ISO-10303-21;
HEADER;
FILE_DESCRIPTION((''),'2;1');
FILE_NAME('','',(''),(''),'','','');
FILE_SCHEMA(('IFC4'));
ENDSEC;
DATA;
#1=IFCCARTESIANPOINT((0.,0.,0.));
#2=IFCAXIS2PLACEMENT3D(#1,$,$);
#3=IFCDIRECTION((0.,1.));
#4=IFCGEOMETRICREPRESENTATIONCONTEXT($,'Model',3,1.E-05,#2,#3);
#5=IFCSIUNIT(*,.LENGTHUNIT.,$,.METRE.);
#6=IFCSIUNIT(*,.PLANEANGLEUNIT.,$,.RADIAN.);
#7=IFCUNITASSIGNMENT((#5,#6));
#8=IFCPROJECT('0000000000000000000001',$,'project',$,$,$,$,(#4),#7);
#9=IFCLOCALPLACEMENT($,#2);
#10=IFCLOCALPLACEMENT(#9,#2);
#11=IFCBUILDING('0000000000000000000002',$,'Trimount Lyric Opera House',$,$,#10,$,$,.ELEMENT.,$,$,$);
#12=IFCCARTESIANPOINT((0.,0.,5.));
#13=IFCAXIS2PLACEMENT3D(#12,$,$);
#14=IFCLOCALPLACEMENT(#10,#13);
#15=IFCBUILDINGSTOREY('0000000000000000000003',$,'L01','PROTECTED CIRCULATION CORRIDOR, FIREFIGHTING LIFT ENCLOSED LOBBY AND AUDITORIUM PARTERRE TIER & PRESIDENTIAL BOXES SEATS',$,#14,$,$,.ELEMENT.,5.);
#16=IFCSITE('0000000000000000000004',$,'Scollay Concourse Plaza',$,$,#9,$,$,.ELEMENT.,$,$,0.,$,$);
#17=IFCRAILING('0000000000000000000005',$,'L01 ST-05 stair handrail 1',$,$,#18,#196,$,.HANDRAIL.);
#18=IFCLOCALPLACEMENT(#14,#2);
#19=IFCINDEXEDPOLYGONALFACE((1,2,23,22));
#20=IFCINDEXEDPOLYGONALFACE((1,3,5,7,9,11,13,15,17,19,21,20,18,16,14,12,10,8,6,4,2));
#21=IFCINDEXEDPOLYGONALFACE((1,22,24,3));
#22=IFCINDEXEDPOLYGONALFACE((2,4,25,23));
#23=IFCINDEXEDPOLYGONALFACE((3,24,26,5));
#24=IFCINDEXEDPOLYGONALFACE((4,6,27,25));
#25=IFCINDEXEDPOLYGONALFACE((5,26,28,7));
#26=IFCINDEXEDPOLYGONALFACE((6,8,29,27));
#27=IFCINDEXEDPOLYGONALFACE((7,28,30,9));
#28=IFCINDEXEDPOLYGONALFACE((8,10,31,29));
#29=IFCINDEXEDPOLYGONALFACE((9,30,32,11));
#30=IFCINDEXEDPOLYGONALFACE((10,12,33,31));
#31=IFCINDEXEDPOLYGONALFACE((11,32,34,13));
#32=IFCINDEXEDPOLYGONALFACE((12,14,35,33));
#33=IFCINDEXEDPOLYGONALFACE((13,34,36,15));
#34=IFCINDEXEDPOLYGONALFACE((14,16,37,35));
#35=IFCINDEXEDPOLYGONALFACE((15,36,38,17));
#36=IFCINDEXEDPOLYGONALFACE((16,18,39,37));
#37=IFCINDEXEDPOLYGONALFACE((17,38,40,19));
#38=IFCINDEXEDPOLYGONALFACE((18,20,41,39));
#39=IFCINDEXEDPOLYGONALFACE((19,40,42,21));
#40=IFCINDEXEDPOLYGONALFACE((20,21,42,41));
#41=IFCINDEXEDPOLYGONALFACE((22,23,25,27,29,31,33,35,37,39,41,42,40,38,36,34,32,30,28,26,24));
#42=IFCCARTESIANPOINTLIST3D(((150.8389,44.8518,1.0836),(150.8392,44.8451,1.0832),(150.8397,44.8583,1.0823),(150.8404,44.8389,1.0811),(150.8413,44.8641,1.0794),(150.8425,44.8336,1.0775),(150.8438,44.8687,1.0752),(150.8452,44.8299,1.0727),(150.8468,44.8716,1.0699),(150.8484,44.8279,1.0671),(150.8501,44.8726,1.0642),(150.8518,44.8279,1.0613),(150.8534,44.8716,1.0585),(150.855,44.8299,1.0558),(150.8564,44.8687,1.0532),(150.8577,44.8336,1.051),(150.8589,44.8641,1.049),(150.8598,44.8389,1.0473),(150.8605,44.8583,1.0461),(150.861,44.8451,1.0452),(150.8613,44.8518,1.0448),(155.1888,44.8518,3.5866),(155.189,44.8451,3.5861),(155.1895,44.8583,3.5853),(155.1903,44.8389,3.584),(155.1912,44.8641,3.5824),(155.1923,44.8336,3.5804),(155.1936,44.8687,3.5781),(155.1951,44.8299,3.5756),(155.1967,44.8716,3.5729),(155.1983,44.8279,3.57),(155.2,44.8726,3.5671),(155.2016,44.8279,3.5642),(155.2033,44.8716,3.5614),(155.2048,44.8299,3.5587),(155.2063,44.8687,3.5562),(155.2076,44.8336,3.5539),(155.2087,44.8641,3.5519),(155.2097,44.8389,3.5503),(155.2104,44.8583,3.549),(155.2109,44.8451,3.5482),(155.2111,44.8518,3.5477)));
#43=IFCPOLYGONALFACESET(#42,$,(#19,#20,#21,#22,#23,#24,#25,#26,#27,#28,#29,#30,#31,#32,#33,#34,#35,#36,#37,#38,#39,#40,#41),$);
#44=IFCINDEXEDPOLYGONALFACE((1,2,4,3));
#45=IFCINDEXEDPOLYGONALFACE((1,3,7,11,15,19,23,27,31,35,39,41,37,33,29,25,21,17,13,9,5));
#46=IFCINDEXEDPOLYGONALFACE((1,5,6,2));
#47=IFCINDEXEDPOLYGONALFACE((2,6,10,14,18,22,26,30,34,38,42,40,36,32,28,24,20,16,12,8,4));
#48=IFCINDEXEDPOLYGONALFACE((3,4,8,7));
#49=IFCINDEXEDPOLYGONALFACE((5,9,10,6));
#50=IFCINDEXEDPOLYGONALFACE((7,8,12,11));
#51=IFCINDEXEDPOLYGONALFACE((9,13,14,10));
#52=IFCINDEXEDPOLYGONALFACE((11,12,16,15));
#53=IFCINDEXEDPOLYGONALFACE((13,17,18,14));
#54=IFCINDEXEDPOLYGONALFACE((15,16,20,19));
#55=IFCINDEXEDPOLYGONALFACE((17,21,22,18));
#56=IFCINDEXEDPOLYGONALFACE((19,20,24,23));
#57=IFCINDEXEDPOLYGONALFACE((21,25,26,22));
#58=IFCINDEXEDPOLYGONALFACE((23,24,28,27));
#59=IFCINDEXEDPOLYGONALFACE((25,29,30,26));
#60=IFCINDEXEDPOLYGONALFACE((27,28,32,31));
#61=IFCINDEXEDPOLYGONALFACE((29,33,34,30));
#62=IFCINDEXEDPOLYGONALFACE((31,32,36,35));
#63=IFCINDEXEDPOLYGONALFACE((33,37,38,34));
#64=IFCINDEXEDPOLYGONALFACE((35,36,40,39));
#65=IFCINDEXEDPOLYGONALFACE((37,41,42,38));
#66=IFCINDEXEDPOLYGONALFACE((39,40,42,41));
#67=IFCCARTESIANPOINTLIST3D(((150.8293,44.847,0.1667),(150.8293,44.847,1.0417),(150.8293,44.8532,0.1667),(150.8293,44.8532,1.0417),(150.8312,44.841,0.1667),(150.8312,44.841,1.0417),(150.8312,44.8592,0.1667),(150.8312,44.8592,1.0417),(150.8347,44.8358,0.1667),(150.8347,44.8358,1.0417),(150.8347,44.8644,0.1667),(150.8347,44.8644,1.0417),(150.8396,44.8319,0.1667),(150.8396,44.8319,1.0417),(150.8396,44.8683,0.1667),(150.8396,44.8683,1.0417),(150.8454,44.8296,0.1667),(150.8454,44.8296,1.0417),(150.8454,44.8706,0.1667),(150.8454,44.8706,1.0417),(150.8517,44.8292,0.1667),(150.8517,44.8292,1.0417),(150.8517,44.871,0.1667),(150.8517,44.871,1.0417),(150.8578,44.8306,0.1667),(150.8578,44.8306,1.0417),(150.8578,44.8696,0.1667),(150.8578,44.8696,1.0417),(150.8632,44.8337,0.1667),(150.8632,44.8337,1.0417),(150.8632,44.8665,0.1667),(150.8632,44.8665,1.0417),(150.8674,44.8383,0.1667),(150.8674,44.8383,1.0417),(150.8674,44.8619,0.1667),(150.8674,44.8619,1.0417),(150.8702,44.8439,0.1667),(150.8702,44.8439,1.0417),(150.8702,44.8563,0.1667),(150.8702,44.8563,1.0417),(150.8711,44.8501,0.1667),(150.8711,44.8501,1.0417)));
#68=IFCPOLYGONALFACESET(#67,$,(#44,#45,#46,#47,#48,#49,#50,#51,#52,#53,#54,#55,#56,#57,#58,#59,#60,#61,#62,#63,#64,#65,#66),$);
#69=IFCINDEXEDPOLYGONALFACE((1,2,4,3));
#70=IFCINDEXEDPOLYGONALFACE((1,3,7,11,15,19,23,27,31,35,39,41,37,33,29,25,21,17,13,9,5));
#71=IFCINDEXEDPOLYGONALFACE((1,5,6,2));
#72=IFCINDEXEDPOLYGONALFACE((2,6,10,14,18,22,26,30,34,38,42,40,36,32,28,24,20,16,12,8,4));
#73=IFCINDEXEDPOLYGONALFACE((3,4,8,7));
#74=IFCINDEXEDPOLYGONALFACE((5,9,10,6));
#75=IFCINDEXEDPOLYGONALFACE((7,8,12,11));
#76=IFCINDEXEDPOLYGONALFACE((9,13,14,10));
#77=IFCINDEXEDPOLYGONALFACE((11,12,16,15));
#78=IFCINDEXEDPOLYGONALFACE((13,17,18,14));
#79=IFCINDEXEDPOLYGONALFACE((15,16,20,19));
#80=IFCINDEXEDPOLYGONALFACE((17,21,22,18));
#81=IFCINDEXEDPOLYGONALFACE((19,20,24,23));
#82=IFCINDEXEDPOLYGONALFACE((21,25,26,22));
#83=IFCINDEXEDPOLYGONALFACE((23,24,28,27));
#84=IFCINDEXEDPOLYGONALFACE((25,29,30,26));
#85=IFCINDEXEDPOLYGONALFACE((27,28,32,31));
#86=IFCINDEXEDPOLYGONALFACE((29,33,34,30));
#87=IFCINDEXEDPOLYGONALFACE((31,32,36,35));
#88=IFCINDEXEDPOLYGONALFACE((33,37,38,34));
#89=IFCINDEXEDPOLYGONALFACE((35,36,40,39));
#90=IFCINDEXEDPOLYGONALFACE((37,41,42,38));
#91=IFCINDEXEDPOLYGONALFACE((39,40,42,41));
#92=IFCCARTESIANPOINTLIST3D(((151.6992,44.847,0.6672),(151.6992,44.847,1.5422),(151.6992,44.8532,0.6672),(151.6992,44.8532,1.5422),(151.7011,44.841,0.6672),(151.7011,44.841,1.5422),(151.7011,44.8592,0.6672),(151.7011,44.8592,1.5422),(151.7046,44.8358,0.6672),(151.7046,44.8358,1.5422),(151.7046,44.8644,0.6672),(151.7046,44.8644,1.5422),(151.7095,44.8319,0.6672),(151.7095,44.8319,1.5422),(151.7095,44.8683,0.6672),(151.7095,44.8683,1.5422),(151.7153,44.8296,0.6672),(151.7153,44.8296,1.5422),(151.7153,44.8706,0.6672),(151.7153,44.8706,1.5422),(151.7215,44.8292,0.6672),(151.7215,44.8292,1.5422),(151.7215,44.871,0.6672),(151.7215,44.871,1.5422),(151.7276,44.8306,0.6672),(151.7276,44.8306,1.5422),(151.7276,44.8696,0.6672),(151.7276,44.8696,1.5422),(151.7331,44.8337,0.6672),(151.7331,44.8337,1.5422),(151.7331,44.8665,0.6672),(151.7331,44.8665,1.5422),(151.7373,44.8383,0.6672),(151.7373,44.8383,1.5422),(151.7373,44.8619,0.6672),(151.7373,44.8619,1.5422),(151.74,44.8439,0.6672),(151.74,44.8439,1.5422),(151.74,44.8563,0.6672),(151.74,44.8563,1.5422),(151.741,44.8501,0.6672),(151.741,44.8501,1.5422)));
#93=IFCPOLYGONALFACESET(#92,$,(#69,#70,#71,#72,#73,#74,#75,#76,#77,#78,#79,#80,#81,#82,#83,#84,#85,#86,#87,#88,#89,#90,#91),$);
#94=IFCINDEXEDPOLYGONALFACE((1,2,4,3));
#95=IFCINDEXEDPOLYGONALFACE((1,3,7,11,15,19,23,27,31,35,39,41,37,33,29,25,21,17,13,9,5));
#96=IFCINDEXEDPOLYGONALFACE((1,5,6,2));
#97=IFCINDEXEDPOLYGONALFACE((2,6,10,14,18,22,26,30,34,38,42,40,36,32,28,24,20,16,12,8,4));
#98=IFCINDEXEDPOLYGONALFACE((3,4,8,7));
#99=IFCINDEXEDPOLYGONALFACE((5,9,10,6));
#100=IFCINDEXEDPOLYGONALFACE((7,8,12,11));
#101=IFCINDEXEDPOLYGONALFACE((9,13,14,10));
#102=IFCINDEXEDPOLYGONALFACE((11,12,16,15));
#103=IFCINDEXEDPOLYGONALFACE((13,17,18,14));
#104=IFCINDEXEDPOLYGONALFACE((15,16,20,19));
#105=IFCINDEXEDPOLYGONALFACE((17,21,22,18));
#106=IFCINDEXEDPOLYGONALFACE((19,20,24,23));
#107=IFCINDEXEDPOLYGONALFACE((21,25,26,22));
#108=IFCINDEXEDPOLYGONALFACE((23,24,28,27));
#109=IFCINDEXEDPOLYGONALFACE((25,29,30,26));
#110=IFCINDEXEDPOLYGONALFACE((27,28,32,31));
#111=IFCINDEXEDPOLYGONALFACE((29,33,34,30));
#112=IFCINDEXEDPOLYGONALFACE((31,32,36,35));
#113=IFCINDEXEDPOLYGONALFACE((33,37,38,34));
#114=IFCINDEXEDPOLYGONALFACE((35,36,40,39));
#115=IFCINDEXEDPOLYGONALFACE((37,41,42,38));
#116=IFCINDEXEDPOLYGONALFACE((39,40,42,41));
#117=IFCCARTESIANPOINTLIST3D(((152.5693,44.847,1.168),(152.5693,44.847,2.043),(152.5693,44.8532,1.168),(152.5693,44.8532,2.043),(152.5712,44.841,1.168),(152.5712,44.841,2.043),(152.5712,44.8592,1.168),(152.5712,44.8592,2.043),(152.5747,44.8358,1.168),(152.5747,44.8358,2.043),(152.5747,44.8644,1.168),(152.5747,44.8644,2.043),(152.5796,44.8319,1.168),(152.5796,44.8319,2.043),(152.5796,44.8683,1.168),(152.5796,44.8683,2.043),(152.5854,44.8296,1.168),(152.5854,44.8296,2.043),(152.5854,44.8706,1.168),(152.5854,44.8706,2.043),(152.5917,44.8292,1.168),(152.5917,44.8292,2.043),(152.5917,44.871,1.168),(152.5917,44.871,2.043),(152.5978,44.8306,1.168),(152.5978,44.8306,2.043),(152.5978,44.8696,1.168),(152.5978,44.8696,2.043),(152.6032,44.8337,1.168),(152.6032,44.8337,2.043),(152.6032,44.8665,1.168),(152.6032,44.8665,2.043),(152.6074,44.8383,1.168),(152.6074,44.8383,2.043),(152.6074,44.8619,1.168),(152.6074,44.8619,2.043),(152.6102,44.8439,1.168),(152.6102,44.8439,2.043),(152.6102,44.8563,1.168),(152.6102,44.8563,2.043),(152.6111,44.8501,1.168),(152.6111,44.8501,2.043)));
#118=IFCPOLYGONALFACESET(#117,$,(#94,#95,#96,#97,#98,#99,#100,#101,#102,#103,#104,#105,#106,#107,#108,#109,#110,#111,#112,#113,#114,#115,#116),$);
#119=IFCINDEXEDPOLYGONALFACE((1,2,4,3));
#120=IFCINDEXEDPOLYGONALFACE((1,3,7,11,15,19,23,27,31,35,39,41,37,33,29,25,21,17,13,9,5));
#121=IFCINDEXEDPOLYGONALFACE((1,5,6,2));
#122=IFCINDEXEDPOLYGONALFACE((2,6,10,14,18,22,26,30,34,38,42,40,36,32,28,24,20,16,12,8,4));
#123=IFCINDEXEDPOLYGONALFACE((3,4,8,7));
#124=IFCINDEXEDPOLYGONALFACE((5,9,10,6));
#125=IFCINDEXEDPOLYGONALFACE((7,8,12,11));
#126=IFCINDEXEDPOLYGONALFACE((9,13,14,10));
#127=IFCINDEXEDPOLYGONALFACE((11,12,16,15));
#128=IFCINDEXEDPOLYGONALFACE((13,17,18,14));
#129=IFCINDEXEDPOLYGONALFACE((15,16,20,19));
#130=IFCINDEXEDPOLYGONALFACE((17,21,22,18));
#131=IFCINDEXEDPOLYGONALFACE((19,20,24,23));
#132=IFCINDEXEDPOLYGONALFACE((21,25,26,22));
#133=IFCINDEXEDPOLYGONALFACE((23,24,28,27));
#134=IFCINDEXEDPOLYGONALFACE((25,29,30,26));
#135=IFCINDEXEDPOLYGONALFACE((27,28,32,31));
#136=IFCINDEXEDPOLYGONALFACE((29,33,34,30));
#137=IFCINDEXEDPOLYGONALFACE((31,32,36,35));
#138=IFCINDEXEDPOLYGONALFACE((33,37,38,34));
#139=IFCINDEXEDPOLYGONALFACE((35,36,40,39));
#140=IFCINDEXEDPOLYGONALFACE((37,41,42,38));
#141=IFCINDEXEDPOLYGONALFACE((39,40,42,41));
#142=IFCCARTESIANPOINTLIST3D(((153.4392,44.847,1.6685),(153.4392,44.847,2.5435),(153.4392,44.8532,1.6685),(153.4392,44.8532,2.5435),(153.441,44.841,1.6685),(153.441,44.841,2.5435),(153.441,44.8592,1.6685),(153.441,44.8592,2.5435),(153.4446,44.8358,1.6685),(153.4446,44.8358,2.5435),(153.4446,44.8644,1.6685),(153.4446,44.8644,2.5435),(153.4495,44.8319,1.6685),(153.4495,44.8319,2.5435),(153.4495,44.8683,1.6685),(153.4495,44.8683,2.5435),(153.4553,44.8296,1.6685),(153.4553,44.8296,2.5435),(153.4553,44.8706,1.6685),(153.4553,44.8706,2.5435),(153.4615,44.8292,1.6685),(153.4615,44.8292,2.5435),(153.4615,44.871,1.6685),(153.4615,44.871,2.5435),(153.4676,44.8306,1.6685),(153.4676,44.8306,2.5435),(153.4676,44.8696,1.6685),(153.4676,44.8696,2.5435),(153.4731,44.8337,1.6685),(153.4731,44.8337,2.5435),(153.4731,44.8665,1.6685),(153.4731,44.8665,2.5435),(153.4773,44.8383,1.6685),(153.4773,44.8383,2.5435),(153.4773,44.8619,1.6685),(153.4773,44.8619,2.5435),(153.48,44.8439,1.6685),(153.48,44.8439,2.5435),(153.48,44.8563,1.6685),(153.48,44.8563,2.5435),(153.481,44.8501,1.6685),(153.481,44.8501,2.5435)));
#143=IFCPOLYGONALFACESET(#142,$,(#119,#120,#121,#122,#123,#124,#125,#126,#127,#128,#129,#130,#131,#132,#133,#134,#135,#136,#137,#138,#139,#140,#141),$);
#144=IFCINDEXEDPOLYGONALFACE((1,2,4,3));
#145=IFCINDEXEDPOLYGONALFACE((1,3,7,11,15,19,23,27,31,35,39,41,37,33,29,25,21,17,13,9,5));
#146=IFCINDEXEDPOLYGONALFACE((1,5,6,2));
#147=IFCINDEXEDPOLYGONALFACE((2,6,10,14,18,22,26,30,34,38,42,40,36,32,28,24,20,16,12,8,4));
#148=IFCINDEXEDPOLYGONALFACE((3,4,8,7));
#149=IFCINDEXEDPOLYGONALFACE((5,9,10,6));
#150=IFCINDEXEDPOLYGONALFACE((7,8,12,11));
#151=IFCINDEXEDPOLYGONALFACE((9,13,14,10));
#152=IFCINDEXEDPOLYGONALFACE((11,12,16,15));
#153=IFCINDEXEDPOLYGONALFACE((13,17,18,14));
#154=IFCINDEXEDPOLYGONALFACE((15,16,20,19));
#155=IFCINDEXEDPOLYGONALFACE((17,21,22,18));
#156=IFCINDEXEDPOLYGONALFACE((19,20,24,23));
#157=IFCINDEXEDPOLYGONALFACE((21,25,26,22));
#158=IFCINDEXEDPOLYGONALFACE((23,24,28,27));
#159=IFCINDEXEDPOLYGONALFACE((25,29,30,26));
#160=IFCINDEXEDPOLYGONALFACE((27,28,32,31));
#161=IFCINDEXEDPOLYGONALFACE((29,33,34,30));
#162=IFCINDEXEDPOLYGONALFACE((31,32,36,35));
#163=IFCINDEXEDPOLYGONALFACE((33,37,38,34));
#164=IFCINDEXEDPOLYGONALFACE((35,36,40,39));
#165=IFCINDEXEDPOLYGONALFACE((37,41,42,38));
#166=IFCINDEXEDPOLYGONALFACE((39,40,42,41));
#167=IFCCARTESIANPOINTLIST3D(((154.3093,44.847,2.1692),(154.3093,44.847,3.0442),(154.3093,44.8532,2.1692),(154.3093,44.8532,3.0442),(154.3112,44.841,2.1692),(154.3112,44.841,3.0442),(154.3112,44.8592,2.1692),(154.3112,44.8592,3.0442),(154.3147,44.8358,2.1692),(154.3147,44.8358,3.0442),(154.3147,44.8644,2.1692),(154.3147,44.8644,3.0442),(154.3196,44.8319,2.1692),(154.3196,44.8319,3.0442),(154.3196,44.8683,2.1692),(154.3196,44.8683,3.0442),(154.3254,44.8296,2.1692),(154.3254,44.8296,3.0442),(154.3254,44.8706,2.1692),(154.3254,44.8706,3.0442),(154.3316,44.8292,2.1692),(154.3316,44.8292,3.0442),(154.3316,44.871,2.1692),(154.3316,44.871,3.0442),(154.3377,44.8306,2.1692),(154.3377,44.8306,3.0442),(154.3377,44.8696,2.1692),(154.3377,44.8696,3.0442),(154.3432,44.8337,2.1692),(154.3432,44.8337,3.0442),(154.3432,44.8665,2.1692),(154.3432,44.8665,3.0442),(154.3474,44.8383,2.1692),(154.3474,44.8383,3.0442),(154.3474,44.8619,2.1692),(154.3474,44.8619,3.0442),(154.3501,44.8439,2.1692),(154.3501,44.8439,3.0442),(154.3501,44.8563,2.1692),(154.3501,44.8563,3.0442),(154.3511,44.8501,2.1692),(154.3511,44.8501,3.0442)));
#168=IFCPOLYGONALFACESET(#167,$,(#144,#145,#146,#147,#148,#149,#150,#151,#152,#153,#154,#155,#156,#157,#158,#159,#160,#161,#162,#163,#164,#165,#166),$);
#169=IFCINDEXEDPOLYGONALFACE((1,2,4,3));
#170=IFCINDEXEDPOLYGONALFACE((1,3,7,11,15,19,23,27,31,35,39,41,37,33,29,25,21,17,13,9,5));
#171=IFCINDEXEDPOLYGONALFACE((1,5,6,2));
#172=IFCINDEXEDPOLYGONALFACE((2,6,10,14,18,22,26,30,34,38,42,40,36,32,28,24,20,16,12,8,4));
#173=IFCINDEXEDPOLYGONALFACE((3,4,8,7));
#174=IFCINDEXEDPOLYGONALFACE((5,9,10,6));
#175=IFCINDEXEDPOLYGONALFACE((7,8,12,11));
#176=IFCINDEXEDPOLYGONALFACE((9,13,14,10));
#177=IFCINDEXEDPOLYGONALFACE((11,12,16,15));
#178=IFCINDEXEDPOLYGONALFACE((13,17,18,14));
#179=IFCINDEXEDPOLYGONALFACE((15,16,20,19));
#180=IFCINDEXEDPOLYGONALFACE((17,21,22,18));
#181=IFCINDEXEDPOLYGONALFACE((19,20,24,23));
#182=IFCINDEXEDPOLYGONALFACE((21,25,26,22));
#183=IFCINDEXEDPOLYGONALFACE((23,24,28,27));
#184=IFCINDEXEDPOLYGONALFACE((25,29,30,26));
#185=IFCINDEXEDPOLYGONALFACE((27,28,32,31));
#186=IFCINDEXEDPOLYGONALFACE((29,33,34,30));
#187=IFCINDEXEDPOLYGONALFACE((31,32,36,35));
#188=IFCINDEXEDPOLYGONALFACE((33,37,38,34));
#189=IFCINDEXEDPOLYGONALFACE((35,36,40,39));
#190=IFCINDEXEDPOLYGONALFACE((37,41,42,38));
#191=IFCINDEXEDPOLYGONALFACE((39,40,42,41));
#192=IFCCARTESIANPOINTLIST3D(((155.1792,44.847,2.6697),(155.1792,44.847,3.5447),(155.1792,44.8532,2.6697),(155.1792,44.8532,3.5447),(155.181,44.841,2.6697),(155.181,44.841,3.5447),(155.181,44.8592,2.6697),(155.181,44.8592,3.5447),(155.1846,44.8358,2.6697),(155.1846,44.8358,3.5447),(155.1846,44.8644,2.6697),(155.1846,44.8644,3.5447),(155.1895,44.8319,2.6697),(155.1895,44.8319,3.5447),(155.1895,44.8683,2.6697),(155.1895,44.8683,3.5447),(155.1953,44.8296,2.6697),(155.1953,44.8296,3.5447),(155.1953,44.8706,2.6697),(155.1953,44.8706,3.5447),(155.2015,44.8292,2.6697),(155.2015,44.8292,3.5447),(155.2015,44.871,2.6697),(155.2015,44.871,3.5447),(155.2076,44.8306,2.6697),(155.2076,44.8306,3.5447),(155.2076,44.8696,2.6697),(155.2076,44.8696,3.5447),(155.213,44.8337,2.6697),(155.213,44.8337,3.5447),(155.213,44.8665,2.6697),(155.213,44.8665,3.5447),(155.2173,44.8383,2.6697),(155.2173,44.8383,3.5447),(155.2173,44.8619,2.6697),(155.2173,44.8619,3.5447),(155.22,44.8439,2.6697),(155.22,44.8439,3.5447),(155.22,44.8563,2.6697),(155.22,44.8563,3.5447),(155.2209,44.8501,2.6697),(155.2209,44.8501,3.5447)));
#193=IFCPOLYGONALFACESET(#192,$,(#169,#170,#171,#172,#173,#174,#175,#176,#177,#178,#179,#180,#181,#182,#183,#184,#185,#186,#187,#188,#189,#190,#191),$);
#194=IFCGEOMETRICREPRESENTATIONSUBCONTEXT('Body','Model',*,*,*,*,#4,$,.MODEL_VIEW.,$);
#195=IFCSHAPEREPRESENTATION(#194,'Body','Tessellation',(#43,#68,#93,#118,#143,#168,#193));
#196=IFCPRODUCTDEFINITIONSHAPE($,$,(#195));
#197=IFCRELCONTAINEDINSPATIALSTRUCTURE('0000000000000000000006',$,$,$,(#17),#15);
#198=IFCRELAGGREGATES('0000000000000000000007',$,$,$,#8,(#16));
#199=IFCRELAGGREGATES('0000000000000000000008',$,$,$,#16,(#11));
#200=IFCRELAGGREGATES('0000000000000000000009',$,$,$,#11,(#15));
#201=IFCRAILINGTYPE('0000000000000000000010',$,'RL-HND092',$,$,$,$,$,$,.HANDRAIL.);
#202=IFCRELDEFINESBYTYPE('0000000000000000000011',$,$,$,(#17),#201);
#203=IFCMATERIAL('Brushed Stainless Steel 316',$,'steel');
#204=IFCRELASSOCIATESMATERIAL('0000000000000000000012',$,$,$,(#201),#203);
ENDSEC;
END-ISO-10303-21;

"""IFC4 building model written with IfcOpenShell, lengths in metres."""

from ifc_helpers import new_model, si_unit, direction, frame, origin, origin_2d, place, context, subcontext, project, spatial, circle, extrude, material, type_object, element, save


model = new_model("IFC4")

# Units and contexts
model_context = context("Model", 3, precision=1e-05, world=origin(), true_north=direction((0.0, 1.0)))
body_context = subcontext(model_context, "Body", "Model", "MODEL_VIEW")
ifc_project = project(units=[si_unit("LENGTHUNIT", "METRE"), si_unit("PLANEANGLEUNIT", "RADIAN")], contexts=[model_context])

# Site, building, storey
site_placement = place(None, origin())
site = spatial("IfcSite", under=ifc_project, at=site_placement, Name="Scollay Concourse Plaza", CompositionType="ELEMENT", RefElevation=0.0)
building_placement = place(site_placement, origin())
building = spatial("IfcBuilding", under=site, at=building_placement, Name="Trimount Lyric Opera House", CompositionType="ELEMENT")
storey_placement = place(building_placement, frame((0.0, 0.0, 5.0)))
storey = spatial("IfcBuildingStorey", under=building, at=storey_placement, Name="L01", Description="PROTECTED CIRCULATION CORRIDOR, FIREFIGHTING LIFT ENCLOSED LOBBY AND AUDITORIUM PARTERRE TIER & PRESIDENTIAL BOXES SEATS", CompositionType="ELEMENT", Elevation=5.0)

# Railing
ifc_material_1 = material(Name="Brushed Stainless Steel 316", Category="steel")
railing_type_1 = type_object("IfcRailingType", Name="RL-HND092", PredefinedType="HANDRAIL", material=ifc_material_1)
railing_1_placement = place(storey_placement, frame((150.8501, 44.8501, 0.1667)))
element("IfcRailing", 1, at=railing_1_placement, inside=storey, type_object=railing_type_1, Name="L01 ST-05 stair handrail 1", PredefinedType="HANDRAIL", context=body_context, shape_type="SweptSolid", body=[
    extrude(circle(Radius=0.0225, at=origin_2d()), frame((0.0, 0.0, 0.8975), z_axis=(0.866754, 0.0, 0.498735), x_axis=(0.0, 1.0, 0.0)), (0.0, 0.0, 1.0), 5.0186),
    extrude(circle(Radius=0.021, at=origin_2d()), origin(), (0.0, 0.0, 1.0), 0.875),
    extrude(circle(Radius=0.021, at=origin_2d()), frame((0.8699, 0.0, 0.5005)), (0.0, 0.0, 1.0), 0.875),
    extrude(circle(Radius=0.021, at=origin_2d()), frame((1.74, 0.0, 1.0012)), (0.0, 0.0, 1.0), 0.875),
    extrude(circle(Radius=0.021, at=origin_2d()), frame((2.6099, 0.0, 1.5017)), (0.0, 0.0, 1.0), 0.875),
    extrude(circle(Radius=0.021, at=origin_2d()), frame((3.48, 0.0, 2.0024)), (0.0, 0.0, 1.0), 0.875),
    extrude(circle(Radius=0.021, at=origin_2d()), frame((4.3499, 0.0, 2.5029)), (0.0, 0.0, 1.0), 0.875),
])

save(model, "model.ifc")
